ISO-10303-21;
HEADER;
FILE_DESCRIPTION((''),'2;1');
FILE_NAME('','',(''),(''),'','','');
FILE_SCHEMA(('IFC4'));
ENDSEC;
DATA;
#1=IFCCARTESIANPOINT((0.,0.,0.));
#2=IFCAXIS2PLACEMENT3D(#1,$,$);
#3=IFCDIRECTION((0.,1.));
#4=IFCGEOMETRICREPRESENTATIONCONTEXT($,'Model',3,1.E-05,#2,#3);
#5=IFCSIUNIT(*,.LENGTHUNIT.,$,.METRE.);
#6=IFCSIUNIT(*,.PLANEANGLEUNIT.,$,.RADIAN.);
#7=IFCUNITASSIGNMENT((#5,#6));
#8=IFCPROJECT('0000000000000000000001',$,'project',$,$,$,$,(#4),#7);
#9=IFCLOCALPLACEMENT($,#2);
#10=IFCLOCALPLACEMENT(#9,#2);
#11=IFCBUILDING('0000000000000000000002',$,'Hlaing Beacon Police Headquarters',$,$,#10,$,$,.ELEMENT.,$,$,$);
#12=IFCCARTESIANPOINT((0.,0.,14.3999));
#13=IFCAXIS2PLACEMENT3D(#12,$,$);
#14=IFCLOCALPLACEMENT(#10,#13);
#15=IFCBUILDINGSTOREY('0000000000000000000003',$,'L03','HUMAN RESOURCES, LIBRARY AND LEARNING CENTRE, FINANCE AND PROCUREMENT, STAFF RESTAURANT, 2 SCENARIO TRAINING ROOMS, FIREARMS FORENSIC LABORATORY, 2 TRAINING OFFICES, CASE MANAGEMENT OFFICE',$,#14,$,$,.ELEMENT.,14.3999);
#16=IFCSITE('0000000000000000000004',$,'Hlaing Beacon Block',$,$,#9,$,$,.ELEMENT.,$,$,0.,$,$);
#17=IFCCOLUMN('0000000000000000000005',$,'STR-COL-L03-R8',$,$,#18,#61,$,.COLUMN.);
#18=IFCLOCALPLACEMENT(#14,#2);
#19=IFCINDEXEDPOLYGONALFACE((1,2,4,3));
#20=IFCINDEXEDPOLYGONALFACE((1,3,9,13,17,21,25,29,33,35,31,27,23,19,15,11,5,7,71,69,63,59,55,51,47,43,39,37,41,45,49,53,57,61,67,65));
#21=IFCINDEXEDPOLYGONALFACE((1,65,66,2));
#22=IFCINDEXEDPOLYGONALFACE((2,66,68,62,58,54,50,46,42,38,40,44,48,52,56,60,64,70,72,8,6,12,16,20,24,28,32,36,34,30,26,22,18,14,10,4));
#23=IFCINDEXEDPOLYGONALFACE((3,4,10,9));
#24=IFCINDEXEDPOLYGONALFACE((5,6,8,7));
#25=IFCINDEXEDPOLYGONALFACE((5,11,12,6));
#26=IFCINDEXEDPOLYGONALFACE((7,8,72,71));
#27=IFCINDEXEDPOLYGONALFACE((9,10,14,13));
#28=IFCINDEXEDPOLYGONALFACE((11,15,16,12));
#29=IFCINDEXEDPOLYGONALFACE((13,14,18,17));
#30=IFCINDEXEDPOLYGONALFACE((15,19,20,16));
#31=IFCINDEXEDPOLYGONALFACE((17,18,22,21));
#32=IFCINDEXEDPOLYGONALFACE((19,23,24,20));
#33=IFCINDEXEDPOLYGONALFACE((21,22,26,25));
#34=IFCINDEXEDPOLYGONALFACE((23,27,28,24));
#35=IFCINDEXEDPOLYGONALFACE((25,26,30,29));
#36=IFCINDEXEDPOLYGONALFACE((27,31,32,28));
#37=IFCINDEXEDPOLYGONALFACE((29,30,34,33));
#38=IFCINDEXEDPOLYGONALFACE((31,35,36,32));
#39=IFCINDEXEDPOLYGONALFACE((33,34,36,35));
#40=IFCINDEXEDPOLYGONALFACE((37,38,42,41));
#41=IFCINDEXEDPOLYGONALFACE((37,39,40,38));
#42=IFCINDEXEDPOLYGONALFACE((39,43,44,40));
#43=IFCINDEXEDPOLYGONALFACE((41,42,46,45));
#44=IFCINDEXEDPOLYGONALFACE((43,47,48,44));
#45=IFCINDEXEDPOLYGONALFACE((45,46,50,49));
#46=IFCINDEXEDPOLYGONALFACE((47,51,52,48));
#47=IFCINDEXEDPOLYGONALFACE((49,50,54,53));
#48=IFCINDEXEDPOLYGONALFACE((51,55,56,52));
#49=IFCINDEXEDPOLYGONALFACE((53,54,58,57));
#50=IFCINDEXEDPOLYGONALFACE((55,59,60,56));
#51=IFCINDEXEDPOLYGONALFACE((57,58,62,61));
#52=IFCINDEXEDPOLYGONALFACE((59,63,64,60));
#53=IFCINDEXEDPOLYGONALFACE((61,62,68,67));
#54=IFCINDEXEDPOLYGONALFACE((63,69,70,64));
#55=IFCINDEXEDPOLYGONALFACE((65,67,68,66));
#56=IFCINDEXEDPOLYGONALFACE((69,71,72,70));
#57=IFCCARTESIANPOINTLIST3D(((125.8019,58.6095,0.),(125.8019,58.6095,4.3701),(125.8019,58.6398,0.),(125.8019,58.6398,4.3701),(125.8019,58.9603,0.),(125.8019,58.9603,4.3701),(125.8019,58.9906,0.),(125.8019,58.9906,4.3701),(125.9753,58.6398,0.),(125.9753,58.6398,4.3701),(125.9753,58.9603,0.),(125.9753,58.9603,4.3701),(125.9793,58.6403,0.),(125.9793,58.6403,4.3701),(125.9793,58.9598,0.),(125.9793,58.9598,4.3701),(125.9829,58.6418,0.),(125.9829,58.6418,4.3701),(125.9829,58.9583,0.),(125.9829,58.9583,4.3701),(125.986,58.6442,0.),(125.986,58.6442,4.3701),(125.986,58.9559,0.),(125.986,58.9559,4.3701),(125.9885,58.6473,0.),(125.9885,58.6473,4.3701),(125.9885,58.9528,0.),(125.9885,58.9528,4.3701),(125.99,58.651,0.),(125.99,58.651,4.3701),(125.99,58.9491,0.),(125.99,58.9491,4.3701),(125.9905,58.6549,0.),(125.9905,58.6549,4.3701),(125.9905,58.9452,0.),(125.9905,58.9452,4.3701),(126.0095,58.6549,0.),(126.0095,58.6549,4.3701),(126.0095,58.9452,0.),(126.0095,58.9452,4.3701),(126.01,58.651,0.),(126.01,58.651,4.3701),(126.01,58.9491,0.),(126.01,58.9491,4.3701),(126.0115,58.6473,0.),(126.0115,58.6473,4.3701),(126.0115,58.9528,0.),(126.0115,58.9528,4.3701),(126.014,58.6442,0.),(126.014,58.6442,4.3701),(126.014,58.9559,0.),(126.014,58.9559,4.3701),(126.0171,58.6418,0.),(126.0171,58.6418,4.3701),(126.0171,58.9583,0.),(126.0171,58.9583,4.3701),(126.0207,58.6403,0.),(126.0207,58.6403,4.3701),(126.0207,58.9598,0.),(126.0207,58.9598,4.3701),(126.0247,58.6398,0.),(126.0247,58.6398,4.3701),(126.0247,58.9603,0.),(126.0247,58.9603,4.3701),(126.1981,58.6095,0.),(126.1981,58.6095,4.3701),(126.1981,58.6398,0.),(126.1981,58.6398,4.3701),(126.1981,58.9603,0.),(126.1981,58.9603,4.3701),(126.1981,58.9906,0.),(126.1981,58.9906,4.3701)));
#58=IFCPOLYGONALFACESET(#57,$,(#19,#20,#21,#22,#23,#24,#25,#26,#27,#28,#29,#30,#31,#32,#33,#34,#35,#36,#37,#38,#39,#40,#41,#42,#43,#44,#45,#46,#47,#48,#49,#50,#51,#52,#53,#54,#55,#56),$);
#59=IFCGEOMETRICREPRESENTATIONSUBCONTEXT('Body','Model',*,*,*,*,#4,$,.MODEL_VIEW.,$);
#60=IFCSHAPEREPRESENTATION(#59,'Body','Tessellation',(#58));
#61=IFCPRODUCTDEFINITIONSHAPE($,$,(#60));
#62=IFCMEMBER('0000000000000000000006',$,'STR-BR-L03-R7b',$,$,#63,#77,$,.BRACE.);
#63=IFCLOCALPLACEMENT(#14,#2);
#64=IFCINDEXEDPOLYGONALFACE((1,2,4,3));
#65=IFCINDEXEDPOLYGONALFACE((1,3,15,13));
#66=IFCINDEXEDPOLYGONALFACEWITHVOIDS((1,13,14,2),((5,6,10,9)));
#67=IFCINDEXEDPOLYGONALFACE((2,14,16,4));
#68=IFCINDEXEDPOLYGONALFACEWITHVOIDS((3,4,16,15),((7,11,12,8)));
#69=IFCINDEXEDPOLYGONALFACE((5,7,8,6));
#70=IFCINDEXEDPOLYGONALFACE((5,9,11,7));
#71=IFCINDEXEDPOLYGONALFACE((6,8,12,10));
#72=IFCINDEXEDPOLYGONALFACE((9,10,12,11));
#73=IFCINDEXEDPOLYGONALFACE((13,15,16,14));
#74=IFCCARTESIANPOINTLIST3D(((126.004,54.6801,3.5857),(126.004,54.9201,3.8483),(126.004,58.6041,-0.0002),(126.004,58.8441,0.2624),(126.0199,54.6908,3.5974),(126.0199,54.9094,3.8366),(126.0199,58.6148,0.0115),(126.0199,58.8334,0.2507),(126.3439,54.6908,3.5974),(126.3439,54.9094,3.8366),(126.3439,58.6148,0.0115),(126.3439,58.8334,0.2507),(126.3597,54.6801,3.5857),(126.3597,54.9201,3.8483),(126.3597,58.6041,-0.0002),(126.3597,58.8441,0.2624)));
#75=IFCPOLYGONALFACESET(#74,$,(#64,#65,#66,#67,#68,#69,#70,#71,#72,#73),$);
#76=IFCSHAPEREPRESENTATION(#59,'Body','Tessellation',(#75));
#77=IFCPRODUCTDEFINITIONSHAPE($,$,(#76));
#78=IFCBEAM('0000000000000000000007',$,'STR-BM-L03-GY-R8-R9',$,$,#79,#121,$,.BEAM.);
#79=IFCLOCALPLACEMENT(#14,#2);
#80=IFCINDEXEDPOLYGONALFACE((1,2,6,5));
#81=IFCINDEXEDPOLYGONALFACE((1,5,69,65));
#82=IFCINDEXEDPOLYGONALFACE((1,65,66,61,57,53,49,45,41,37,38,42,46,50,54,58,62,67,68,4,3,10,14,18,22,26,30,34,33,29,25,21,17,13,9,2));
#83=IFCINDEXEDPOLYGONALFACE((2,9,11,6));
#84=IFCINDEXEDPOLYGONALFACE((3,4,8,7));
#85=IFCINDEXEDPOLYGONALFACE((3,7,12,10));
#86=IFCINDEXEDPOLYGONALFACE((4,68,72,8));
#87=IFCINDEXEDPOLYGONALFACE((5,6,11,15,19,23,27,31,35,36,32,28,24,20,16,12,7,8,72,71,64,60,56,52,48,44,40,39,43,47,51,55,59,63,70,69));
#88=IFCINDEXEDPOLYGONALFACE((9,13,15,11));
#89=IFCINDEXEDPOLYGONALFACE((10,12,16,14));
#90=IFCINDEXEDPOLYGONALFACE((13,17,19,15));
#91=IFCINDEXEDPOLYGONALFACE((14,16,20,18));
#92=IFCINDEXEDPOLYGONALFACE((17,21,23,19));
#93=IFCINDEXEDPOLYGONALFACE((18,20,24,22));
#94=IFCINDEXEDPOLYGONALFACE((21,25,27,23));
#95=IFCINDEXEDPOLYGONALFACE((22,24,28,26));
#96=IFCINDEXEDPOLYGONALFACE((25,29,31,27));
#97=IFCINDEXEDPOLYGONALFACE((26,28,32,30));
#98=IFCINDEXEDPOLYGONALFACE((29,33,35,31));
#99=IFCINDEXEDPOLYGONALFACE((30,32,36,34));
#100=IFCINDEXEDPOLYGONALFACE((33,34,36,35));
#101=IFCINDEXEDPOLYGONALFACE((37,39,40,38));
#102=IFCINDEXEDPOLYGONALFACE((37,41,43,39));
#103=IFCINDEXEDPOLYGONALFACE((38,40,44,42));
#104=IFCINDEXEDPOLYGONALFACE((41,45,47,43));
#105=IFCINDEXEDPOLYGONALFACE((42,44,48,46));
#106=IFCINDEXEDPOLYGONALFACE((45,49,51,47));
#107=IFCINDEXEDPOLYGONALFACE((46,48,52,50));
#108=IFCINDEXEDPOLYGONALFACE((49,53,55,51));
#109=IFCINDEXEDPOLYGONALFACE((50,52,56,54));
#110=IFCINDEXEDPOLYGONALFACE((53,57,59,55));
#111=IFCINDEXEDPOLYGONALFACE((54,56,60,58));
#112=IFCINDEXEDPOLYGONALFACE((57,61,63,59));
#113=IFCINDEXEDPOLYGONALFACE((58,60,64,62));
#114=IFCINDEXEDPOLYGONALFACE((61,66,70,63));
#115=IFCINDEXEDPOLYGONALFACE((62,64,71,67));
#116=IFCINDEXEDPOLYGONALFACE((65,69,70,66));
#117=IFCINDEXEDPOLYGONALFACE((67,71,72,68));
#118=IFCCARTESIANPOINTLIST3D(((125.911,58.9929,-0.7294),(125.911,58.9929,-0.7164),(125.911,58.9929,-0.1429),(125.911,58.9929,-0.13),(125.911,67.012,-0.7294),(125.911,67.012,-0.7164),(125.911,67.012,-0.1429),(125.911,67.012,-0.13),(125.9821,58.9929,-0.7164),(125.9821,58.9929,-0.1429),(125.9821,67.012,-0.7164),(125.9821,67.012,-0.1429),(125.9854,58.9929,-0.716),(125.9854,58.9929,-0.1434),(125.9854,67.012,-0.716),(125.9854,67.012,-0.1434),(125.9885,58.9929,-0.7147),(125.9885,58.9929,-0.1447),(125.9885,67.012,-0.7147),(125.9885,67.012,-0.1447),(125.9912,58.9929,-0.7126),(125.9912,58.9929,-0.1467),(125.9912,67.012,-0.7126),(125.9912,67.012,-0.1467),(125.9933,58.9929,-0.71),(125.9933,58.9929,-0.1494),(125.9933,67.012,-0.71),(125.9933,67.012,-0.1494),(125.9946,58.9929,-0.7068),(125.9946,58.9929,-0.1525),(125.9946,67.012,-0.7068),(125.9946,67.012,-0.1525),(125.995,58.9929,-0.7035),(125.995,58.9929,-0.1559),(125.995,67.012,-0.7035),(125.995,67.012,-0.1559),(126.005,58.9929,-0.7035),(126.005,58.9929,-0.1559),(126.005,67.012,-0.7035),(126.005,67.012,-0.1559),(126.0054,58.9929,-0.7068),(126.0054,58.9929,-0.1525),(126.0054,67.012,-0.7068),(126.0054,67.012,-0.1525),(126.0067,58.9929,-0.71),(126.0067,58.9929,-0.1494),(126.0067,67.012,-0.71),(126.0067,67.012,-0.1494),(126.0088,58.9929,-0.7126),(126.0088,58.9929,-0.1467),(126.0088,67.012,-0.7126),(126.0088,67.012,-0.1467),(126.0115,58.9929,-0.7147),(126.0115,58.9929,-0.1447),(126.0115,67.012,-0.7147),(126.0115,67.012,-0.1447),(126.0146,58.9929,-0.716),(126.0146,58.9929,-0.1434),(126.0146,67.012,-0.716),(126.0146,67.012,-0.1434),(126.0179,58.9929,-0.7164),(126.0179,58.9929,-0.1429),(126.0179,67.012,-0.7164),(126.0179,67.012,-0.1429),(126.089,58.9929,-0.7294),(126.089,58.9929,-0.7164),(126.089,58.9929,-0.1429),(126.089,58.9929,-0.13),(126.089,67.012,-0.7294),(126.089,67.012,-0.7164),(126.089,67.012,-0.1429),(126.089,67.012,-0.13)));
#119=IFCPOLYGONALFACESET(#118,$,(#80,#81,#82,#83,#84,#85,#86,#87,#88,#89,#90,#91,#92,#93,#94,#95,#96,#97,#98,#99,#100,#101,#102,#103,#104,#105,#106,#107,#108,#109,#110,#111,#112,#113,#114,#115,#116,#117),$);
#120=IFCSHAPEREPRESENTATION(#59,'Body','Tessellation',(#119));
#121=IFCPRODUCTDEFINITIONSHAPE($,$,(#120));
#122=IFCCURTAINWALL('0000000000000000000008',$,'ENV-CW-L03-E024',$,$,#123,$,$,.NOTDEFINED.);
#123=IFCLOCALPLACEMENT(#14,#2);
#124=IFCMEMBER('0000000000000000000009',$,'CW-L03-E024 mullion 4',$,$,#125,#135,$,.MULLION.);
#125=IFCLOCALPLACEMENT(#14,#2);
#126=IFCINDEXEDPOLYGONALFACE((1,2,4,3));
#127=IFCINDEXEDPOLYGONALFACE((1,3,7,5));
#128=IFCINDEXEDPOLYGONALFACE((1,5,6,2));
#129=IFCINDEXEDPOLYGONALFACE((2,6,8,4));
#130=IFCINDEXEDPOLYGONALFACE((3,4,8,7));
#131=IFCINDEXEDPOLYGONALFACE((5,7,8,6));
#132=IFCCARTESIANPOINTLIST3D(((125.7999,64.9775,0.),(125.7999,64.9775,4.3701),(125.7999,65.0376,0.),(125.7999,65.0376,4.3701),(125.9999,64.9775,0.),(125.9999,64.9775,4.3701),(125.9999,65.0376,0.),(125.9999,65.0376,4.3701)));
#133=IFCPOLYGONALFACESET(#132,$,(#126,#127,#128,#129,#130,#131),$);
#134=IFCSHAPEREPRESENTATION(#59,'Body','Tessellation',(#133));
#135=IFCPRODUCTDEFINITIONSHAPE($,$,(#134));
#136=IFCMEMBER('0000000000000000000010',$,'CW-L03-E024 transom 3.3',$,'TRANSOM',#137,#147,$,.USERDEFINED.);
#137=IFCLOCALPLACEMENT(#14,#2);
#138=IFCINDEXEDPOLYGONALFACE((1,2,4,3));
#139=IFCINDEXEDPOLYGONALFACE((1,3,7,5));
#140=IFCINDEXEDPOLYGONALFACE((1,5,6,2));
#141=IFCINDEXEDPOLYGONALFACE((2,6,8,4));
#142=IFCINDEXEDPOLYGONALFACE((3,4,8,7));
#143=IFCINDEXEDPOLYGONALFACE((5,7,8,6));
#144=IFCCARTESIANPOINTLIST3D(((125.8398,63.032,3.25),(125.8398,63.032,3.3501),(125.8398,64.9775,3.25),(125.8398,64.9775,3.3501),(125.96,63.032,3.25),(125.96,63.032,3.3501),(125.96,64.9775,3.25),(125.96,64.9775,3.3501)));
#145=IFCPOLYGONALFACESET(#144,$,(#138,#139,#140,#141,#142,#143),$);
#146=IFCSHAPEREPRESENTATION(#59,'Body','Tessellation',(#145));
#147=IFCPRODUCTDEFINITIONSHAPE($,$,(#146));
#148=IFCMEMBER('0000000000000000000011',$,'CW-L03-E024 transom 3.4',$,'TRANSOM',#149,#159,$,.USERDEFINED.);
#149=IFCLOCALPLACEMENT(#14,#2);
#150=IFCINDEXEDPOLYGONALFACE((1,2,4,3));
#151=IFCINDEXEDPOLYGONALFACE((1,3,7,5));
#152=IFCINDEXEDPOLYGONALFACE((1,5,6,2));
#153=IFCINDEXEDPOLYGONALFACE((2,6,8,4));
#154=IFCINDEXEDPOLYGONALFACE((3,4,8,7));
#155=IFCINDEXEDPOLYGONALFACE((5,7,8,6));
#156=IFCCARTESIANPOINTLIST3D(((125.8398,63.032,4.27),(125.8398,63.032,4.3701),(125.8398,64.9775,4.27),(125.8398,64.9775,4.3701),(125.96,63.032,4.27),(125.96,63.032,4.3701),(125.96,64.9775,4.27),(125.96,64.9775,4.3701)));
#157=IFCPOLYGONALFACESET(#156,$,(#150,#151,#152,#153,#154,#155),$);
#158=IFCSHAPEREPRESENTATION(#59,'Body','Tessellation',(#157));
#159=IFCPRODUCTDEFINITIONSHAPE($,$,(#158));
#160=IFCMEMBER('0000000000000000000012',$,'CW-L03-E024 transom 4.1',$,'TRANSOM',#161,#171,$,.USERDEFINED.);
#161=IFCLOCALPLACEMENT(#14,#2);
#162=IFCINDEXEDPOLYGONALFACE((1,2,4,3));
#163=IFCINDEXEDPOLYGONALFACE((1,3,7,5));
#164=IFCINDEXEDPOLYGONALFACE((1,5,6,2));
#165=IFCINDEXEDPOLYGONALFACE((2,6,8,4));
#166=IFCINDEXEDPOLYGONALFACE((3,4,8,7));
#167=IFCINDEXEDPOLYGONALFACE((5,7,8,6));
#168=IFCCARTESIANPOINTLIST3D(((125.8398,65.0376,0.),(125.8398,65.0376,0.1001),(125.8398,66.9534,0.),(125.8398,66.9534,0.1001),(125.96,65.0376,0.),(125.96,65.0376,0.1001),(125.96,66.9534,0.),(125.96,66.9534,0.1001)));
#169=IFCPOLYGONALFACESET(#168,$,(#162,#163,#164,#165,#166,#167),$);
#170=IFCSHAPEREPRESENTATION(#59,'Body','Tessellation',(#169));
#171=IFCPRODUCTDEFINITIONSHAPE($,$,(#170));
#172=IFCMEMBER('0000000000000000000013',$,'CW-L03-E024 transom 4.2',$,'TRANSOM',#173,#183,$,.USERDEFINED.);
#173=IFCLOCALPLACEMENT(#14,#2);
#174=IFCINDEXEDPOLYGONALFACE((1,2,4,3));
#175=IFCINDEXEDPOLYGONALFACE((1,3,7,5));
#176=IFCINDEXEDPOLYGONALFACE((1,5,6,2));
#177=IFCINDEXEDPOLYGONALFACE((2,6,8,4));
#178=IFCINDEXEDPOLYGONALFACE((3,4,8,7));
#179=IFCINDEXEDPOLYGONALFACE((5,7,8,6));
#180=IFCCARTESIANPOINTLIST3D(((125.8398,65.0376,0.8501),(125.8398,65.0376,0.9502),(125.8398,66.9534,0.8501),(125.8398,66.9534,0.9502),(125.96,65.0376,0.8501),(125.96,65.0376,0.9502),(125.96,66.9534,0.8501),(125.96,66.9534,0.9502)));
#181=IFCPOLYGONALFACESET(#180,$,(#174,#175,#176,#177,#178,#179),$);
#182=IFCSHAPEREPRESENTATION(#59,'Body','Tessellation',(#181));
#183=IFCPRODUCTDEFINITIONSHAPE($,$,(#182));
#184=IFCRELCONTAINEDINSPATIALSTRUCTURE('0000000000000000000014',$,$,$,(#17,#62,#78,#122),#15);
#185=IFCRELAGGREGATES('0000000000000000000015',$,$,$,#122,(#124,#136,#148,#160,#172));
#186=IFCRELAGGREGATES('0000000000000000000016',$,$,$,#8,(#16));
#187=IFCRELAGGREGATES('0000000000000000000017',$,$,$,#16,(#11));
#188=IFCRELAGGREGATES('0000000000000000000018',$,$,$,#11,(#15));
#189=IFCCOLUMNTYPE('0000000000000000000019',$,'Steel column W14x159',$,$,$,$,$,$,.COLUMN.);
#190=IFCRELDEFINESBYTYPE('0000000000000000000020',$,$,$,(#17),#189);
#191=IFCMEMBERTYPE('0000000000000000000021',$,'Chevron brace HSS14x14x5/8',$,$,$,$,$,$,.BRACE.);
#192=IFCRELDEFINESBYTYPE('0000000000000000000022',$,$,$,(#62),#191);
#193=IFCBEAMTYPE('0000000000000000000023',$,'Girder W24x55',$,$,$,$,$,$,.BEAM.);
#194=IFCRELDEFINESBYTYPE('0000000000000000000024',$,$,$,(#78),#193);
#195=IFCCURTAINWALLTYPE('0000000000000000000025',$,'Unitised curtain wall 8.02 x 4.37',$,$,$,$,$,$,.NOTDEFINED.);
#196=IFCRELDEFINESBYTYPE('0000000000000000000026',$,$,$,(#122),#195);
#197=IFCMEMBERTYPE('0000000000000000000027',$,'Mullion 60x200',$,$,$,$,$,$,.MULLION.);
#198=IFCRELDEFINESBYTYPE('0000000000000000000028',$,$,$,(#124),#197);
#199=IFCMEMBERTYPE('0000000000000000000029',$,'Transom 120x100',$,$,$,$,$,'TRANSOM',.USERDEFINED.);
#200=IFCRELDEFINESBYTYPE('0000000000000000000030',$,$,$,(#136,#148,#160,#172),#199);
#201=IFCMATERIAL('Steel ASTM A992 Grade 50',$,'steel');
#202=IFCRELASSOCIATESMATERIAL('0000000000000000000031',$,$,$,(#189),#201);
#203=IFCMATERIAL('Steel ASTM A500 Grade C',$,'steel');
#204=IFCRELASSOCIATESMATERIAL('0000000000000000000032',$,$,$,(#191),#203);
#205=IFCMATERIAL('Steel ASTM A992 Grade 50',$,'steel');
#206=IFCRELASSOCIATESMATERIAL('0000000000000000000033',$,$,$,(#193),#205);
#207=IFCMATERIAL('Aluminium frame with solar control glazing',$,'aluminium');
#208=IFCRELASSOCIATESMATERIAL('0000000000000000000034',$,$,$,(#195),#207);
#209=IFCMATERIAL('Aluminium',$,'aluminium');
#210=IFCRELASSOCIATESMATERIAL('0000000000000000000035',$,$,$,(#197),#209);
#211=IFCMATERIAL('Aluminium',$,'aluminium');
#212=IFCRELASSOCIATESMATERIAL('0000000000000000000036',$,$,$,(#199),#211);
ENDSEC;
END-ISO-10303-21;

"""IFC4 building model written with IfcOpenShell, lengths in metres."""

from ifc_helpers import new_model, si_unit, direction, frame, origin, origin_2d, place, context, subcontext, project, spatial, rectangle, hollow_rectangle, i_section, extrude, material, material_profile, profile_set, type_object, element, aggregate, save


model = new_model("IFC4")

# Units and contexts
model_context = context("Model", 3, precision=1e-05, world=origin(), true_north=direction((0.0, 1.0)))
body_context = subcontext(model_context, "Body", "Model", "MODEL_VIEW")
ifc_project = project(units=[si_unit("LENGTHUNIT", "METRE"), si_unit("PLANEANGLEUNIT", "RADIAN")], contexts=[model_context])

# Site, building, storey
site_placement = place(None, origin())
site = spatial("IfcSite", under=ifc_project, at=site_placement, Name="Hlaing Beacon Block", CompositionType="ELEMENT", RefElevation=0.0)
building_placement = place(site_placement, origin())
building = spatial("IfcBuilding", under=site, at=building_placement, Name="Hlaing Beacon Police Headquarters", CompositionType="ELEMENT")
storey_placement = place(building_placement, frame((0.0, 0.0, 14.3999)))
storey = spatial("IfcBuildingStorey", under=building, at=storey_placement, Name="L03", Description="HUMAN RESOURCES, LIBRARY AND LEARNING CENTRE, FINANCE AND PROCUREMENT, STAFF RESTAURANT, 2 SCENARIO TRAINING ROOMS, FIREARMS FORENSIC LABORATORY, 2 TRAINING OFFICES, CASE MANAGEMENT OFFICE", CompositionType="ELEMENT", Elevation=14.3999)

# Column
ifc_material_1 = material(Name="Steel ASTM A992 Grade 50", Category="steel")
ifc_material_profile_1 = material_profile(ifc_material_1, i_section(OverallWidth=0.3962, OverallDepth=0.3811, WebThickness=0.019, FlangeThickness=0.0303, FilletRadius=0.0151, at=origin_2d()), Name="W14x159")
ifc_profile_set_1 = profile_set([ifc_material_profile_1], Name="Steel ASTM A992 Grade 50")
column_type = type_object("IfcColumnType", Name="Steel column W14x159", PredefinedType="COLUMN", material=ifc_profile_set_1)
column_placement = place(storey_placement, frame((126.0, 58.8, 0.0), z_axis=(0.0, 0.0, 1.0), x_axis=(1.0, 0.0, 0.0)))
element("IfcColumn", 1, at=column_placement, inside=storey, type_object=column_type, Name="STR-COL-L03-R8", PredefinedType="COLUMN", context=body_context, shape_type="SweptSolid", body=[
    extrude(i_section(OverallWidth=0.3962, OverallDepth=0.3811, WebThickness=0.019, FlangeThickness=0.0303, FilletRadius=0.0151, at=origin_2d()), origin(), (0.0, 0.0, 1.0), 4.3701),
])

# Member
ifc_material_2 = material(Name="Steel ASTM A500 Grade C", Category="steel")
ifc_material_profile_2 = material_profile(ifc_material_2, hollow_rectangle(XDim=0.3557, YDim=0.3557, WallThickness=0.0159, at=origin_2d()), Name="HSS14x14x5/8")
ifc_profile_set_2 = profile_set([ifc_material_profile_2], Name="Steel ASTM A500 Grade C")
member_type_1 = type_object("IfcMemberType", Name="Chevron brace HSS14x14x5/8", PredefinedType="BRACE", material=ifc_profile_set_2)
member_1_placement = place(storey_placement, frame((126.1819, 58.7241, 0.1311), z_axis=(0.0, -0.738196, 0.674586), x_axis=(1.0, 0.0, 0.0)))
element("IfcMember", 2, at=member_1_placement, inside=storey, type_object=member_type_1, Name="STR-BR-L03-R7b", PredefinedType="BRACE", context=body_context, shape_type="SweptSolid", body=[
    extrude(hollow_rectangle(XDim=0.3557, YDim=0.3557, WallThickness=0.0159, at=origin_2d()), origin(), (0.0, 0.0, 1.0), 5.3157),
])

# Beam
ifc_material_3 = material(Name="Steel ASTM A992 Grade 50", Category="steel")
ifc_material_profile_3 = material_profile(ifc_material_3, i_section(OverallWidth=0.178, OverallDepth=0.5994, WebThickness=0.01, FlangeThickness=0.0129, FilletRadius=0.0129, at=origin_2d()), Name="W24x55")
ifc_profile_set_3 = profile_set([ifc_material_profile_3], Name="Steel ASTM A992 Grade 50")
beam_type = type_object("IfcBeamType", Name="Girder W24x55", PredefinedType="BEAM", material=ifc_profile_set_3)
beam_placement = place(storey_placement, frame((126.0, 58.9929, -0.4297), z_axis=(0.0, 1.0, 0.0), x_axis=(-1.0, 0.0, 0.0)))
element("IfcBeam", 3, at=beam_placement, inside=storey, type_object=beam_type, Name="STR-BM-L03-GY-R8-R9", PredefinedType="BEAM", context=body_context, shape_type="SweptSolid", body=[
    extrude(i_section(OverallWidth=0.178, OverallDepth=0.5994, WebThickness=0.01, FlangeThickness=0.0129, FilletRadius=0.0129, at=origin_2d()), origin(), (0.0, 0.0, 1.0), 8.019),
])

# Curtain wall, members
ifc_material_4 = material(Name="Aluminium frame with solar control glazing", Category="aluminium")
curtain_wall_type = type_object("IfcCurtainWallType", Name="Unitised curtain wall 8.02 x 4.37", PredefinedType="NOTDEFINED", material=ifc_material_4)
curtain_wall_1_placement = place(storey_placement, origin())
curtain_wall_1 = element("IfcCurtainWall", 4, at=curtain_wall_1_placement, inside=storey, type_object=curtain_wall_type, Name="ENV-CW-L03-E024", PredefinedType="NOTDEFINED")
ifc_material_5 = material(Name="Aluminium", Category="aluminium")
ifc_material_profile_4 = material_profile(ifc_material_5, rectangle(XDim=0.2, YDim=0.0601, at=origin_2d()), Name="Mullion 60x200")
ifc_profile_set_4 = profile_set([ifc_material_profile_4], Name="Aluminium")
member_type_2 = type_object("IfcMemberType", Name="Mullion 60x200", PredefinedType="MULLION", material=ifc_profile_set_4)
member_2_placement = place(storey_placement, frame((125.8999, 65.0076, 0.0), z_axis=(0.0, 0.0, 1.0), x_axis=(-1.0, 0.0, 0.0)))
member_2 = element("IfcMember", 5, at=member_2_placement, type_object=member_type_2, Name="CW-L03-E024 mullion 4", PredefinedType="MULLION", context=body_context, shape_type="SweptSolid", body=[
    extrude(rectangle(XDim=0.2, YDim=0.0601, at=origin_2d()), origin(), (0.0, 0.0, 1.0), 4.3701),
])
ifc_material_6 = material(Name="Aluminium", Category="aluminium")
ifc_material_profile_5 = material_profile(ifc_material_6, rectangle(XDim=0.1201, YDim=0.1001, at=origin_2d()), Name="Transom 120x100")
ifc_profile_set_5 = profile_set([ifc_material_profile_5], Name="Aluminium")
member_type_3 = type_object("IfcMemberType", Name="Transom 120x100", ElementType="TRANSOM", PredefinedType="USERDEFINED", material=ifc_profile_set_5)
member_3_placement = place(storey_placement, frame((125.8999, 63.032, 3.3), z_axis=(0.0, 1.0, 0.0), x_axis=(-1.0, 0.0, 0.0)))
member_3 = element("IfcMember", 6, at=member_3_placement, type_object=member_type_3, Name="CW-L03-E024 transom 3.3", ObjectType="TRANSOM", PredefinedType="USERDEFINED", context=body_context, shape_type="SweptSolid", body=[
    extrude(rectangle(XDim=0.1201, YDim=0.1001, at=origin_2d()), origin(), (0.0, 0.0, 1.0), 1.9456),
])
member_4_placement = place(storey_placement, frame((125.8999, 63.032, 4.3201), z_axis=(0.0, 1.0, 0.0), x_axis=(-1.0, 0.0, 0.0)))
member_4 = element("IfcMember", 7, at=member_4_placement, type_object=member_type_3, Name="CW-L03-E024 transom 3.4", ObjectType="TRANSOM", PredefinedType="USERDEFINED", context=body_context, shape_type="SweptSolid", body=[
    extrude(rectangle(XDim=0.1201, YDim=0.1001, at=origin_2d()), origin(), (0.0, 0.0, 1.0), 1.9456),
])
member_5_placement = place(storey_placement, frame((125.8999, 65.0376, 0.05), z_axis=(0.0, 1.0, 0.0), x_axis=(-1.0, 0.0, 0.0)))
member_5 = element("IfcMember", 8, at=member_5_placement, type_object=member_type_3, Name="CW-L03-E024 transom 4.1", ObjectType="TRANSOM", PredefinedType="USERDEFINED", context=body_context, shape_type="SweptSolid", body=[
    extrude(rectangle(XDim=0.1201, YDim=0.1001, at=origin_2d()), origin(), (0.0, 0.0, 1.0), 1.9158),
])
member_6_placement = place(storey_placement, frame((125.8999, 65.0376, 0.9001), z_axis=(0.0, 1.0, 0.0), x_axis=(-1.0, 0.0, 0.0)))
member_6 = element("IfcMember", 9, at=member_6_placement, type_object=member_type_3, Name="CW-L03-E024 transom 4.2", ObjectType="TRANSOM", PredefinedType="USERDEFINED", context=body_context, shape_type="SweptSolid", body=[
    extrude(rectangle(XDim=0.1201, YDim=0.1001, at=origin_2d()), origin(), (0.0, 0.0, 1.0), 1.9158),
])

aggregate(curtain_wall_1, [member_2, member_3, member_4, member_5, member_6])

save(model, "model.ifc")
